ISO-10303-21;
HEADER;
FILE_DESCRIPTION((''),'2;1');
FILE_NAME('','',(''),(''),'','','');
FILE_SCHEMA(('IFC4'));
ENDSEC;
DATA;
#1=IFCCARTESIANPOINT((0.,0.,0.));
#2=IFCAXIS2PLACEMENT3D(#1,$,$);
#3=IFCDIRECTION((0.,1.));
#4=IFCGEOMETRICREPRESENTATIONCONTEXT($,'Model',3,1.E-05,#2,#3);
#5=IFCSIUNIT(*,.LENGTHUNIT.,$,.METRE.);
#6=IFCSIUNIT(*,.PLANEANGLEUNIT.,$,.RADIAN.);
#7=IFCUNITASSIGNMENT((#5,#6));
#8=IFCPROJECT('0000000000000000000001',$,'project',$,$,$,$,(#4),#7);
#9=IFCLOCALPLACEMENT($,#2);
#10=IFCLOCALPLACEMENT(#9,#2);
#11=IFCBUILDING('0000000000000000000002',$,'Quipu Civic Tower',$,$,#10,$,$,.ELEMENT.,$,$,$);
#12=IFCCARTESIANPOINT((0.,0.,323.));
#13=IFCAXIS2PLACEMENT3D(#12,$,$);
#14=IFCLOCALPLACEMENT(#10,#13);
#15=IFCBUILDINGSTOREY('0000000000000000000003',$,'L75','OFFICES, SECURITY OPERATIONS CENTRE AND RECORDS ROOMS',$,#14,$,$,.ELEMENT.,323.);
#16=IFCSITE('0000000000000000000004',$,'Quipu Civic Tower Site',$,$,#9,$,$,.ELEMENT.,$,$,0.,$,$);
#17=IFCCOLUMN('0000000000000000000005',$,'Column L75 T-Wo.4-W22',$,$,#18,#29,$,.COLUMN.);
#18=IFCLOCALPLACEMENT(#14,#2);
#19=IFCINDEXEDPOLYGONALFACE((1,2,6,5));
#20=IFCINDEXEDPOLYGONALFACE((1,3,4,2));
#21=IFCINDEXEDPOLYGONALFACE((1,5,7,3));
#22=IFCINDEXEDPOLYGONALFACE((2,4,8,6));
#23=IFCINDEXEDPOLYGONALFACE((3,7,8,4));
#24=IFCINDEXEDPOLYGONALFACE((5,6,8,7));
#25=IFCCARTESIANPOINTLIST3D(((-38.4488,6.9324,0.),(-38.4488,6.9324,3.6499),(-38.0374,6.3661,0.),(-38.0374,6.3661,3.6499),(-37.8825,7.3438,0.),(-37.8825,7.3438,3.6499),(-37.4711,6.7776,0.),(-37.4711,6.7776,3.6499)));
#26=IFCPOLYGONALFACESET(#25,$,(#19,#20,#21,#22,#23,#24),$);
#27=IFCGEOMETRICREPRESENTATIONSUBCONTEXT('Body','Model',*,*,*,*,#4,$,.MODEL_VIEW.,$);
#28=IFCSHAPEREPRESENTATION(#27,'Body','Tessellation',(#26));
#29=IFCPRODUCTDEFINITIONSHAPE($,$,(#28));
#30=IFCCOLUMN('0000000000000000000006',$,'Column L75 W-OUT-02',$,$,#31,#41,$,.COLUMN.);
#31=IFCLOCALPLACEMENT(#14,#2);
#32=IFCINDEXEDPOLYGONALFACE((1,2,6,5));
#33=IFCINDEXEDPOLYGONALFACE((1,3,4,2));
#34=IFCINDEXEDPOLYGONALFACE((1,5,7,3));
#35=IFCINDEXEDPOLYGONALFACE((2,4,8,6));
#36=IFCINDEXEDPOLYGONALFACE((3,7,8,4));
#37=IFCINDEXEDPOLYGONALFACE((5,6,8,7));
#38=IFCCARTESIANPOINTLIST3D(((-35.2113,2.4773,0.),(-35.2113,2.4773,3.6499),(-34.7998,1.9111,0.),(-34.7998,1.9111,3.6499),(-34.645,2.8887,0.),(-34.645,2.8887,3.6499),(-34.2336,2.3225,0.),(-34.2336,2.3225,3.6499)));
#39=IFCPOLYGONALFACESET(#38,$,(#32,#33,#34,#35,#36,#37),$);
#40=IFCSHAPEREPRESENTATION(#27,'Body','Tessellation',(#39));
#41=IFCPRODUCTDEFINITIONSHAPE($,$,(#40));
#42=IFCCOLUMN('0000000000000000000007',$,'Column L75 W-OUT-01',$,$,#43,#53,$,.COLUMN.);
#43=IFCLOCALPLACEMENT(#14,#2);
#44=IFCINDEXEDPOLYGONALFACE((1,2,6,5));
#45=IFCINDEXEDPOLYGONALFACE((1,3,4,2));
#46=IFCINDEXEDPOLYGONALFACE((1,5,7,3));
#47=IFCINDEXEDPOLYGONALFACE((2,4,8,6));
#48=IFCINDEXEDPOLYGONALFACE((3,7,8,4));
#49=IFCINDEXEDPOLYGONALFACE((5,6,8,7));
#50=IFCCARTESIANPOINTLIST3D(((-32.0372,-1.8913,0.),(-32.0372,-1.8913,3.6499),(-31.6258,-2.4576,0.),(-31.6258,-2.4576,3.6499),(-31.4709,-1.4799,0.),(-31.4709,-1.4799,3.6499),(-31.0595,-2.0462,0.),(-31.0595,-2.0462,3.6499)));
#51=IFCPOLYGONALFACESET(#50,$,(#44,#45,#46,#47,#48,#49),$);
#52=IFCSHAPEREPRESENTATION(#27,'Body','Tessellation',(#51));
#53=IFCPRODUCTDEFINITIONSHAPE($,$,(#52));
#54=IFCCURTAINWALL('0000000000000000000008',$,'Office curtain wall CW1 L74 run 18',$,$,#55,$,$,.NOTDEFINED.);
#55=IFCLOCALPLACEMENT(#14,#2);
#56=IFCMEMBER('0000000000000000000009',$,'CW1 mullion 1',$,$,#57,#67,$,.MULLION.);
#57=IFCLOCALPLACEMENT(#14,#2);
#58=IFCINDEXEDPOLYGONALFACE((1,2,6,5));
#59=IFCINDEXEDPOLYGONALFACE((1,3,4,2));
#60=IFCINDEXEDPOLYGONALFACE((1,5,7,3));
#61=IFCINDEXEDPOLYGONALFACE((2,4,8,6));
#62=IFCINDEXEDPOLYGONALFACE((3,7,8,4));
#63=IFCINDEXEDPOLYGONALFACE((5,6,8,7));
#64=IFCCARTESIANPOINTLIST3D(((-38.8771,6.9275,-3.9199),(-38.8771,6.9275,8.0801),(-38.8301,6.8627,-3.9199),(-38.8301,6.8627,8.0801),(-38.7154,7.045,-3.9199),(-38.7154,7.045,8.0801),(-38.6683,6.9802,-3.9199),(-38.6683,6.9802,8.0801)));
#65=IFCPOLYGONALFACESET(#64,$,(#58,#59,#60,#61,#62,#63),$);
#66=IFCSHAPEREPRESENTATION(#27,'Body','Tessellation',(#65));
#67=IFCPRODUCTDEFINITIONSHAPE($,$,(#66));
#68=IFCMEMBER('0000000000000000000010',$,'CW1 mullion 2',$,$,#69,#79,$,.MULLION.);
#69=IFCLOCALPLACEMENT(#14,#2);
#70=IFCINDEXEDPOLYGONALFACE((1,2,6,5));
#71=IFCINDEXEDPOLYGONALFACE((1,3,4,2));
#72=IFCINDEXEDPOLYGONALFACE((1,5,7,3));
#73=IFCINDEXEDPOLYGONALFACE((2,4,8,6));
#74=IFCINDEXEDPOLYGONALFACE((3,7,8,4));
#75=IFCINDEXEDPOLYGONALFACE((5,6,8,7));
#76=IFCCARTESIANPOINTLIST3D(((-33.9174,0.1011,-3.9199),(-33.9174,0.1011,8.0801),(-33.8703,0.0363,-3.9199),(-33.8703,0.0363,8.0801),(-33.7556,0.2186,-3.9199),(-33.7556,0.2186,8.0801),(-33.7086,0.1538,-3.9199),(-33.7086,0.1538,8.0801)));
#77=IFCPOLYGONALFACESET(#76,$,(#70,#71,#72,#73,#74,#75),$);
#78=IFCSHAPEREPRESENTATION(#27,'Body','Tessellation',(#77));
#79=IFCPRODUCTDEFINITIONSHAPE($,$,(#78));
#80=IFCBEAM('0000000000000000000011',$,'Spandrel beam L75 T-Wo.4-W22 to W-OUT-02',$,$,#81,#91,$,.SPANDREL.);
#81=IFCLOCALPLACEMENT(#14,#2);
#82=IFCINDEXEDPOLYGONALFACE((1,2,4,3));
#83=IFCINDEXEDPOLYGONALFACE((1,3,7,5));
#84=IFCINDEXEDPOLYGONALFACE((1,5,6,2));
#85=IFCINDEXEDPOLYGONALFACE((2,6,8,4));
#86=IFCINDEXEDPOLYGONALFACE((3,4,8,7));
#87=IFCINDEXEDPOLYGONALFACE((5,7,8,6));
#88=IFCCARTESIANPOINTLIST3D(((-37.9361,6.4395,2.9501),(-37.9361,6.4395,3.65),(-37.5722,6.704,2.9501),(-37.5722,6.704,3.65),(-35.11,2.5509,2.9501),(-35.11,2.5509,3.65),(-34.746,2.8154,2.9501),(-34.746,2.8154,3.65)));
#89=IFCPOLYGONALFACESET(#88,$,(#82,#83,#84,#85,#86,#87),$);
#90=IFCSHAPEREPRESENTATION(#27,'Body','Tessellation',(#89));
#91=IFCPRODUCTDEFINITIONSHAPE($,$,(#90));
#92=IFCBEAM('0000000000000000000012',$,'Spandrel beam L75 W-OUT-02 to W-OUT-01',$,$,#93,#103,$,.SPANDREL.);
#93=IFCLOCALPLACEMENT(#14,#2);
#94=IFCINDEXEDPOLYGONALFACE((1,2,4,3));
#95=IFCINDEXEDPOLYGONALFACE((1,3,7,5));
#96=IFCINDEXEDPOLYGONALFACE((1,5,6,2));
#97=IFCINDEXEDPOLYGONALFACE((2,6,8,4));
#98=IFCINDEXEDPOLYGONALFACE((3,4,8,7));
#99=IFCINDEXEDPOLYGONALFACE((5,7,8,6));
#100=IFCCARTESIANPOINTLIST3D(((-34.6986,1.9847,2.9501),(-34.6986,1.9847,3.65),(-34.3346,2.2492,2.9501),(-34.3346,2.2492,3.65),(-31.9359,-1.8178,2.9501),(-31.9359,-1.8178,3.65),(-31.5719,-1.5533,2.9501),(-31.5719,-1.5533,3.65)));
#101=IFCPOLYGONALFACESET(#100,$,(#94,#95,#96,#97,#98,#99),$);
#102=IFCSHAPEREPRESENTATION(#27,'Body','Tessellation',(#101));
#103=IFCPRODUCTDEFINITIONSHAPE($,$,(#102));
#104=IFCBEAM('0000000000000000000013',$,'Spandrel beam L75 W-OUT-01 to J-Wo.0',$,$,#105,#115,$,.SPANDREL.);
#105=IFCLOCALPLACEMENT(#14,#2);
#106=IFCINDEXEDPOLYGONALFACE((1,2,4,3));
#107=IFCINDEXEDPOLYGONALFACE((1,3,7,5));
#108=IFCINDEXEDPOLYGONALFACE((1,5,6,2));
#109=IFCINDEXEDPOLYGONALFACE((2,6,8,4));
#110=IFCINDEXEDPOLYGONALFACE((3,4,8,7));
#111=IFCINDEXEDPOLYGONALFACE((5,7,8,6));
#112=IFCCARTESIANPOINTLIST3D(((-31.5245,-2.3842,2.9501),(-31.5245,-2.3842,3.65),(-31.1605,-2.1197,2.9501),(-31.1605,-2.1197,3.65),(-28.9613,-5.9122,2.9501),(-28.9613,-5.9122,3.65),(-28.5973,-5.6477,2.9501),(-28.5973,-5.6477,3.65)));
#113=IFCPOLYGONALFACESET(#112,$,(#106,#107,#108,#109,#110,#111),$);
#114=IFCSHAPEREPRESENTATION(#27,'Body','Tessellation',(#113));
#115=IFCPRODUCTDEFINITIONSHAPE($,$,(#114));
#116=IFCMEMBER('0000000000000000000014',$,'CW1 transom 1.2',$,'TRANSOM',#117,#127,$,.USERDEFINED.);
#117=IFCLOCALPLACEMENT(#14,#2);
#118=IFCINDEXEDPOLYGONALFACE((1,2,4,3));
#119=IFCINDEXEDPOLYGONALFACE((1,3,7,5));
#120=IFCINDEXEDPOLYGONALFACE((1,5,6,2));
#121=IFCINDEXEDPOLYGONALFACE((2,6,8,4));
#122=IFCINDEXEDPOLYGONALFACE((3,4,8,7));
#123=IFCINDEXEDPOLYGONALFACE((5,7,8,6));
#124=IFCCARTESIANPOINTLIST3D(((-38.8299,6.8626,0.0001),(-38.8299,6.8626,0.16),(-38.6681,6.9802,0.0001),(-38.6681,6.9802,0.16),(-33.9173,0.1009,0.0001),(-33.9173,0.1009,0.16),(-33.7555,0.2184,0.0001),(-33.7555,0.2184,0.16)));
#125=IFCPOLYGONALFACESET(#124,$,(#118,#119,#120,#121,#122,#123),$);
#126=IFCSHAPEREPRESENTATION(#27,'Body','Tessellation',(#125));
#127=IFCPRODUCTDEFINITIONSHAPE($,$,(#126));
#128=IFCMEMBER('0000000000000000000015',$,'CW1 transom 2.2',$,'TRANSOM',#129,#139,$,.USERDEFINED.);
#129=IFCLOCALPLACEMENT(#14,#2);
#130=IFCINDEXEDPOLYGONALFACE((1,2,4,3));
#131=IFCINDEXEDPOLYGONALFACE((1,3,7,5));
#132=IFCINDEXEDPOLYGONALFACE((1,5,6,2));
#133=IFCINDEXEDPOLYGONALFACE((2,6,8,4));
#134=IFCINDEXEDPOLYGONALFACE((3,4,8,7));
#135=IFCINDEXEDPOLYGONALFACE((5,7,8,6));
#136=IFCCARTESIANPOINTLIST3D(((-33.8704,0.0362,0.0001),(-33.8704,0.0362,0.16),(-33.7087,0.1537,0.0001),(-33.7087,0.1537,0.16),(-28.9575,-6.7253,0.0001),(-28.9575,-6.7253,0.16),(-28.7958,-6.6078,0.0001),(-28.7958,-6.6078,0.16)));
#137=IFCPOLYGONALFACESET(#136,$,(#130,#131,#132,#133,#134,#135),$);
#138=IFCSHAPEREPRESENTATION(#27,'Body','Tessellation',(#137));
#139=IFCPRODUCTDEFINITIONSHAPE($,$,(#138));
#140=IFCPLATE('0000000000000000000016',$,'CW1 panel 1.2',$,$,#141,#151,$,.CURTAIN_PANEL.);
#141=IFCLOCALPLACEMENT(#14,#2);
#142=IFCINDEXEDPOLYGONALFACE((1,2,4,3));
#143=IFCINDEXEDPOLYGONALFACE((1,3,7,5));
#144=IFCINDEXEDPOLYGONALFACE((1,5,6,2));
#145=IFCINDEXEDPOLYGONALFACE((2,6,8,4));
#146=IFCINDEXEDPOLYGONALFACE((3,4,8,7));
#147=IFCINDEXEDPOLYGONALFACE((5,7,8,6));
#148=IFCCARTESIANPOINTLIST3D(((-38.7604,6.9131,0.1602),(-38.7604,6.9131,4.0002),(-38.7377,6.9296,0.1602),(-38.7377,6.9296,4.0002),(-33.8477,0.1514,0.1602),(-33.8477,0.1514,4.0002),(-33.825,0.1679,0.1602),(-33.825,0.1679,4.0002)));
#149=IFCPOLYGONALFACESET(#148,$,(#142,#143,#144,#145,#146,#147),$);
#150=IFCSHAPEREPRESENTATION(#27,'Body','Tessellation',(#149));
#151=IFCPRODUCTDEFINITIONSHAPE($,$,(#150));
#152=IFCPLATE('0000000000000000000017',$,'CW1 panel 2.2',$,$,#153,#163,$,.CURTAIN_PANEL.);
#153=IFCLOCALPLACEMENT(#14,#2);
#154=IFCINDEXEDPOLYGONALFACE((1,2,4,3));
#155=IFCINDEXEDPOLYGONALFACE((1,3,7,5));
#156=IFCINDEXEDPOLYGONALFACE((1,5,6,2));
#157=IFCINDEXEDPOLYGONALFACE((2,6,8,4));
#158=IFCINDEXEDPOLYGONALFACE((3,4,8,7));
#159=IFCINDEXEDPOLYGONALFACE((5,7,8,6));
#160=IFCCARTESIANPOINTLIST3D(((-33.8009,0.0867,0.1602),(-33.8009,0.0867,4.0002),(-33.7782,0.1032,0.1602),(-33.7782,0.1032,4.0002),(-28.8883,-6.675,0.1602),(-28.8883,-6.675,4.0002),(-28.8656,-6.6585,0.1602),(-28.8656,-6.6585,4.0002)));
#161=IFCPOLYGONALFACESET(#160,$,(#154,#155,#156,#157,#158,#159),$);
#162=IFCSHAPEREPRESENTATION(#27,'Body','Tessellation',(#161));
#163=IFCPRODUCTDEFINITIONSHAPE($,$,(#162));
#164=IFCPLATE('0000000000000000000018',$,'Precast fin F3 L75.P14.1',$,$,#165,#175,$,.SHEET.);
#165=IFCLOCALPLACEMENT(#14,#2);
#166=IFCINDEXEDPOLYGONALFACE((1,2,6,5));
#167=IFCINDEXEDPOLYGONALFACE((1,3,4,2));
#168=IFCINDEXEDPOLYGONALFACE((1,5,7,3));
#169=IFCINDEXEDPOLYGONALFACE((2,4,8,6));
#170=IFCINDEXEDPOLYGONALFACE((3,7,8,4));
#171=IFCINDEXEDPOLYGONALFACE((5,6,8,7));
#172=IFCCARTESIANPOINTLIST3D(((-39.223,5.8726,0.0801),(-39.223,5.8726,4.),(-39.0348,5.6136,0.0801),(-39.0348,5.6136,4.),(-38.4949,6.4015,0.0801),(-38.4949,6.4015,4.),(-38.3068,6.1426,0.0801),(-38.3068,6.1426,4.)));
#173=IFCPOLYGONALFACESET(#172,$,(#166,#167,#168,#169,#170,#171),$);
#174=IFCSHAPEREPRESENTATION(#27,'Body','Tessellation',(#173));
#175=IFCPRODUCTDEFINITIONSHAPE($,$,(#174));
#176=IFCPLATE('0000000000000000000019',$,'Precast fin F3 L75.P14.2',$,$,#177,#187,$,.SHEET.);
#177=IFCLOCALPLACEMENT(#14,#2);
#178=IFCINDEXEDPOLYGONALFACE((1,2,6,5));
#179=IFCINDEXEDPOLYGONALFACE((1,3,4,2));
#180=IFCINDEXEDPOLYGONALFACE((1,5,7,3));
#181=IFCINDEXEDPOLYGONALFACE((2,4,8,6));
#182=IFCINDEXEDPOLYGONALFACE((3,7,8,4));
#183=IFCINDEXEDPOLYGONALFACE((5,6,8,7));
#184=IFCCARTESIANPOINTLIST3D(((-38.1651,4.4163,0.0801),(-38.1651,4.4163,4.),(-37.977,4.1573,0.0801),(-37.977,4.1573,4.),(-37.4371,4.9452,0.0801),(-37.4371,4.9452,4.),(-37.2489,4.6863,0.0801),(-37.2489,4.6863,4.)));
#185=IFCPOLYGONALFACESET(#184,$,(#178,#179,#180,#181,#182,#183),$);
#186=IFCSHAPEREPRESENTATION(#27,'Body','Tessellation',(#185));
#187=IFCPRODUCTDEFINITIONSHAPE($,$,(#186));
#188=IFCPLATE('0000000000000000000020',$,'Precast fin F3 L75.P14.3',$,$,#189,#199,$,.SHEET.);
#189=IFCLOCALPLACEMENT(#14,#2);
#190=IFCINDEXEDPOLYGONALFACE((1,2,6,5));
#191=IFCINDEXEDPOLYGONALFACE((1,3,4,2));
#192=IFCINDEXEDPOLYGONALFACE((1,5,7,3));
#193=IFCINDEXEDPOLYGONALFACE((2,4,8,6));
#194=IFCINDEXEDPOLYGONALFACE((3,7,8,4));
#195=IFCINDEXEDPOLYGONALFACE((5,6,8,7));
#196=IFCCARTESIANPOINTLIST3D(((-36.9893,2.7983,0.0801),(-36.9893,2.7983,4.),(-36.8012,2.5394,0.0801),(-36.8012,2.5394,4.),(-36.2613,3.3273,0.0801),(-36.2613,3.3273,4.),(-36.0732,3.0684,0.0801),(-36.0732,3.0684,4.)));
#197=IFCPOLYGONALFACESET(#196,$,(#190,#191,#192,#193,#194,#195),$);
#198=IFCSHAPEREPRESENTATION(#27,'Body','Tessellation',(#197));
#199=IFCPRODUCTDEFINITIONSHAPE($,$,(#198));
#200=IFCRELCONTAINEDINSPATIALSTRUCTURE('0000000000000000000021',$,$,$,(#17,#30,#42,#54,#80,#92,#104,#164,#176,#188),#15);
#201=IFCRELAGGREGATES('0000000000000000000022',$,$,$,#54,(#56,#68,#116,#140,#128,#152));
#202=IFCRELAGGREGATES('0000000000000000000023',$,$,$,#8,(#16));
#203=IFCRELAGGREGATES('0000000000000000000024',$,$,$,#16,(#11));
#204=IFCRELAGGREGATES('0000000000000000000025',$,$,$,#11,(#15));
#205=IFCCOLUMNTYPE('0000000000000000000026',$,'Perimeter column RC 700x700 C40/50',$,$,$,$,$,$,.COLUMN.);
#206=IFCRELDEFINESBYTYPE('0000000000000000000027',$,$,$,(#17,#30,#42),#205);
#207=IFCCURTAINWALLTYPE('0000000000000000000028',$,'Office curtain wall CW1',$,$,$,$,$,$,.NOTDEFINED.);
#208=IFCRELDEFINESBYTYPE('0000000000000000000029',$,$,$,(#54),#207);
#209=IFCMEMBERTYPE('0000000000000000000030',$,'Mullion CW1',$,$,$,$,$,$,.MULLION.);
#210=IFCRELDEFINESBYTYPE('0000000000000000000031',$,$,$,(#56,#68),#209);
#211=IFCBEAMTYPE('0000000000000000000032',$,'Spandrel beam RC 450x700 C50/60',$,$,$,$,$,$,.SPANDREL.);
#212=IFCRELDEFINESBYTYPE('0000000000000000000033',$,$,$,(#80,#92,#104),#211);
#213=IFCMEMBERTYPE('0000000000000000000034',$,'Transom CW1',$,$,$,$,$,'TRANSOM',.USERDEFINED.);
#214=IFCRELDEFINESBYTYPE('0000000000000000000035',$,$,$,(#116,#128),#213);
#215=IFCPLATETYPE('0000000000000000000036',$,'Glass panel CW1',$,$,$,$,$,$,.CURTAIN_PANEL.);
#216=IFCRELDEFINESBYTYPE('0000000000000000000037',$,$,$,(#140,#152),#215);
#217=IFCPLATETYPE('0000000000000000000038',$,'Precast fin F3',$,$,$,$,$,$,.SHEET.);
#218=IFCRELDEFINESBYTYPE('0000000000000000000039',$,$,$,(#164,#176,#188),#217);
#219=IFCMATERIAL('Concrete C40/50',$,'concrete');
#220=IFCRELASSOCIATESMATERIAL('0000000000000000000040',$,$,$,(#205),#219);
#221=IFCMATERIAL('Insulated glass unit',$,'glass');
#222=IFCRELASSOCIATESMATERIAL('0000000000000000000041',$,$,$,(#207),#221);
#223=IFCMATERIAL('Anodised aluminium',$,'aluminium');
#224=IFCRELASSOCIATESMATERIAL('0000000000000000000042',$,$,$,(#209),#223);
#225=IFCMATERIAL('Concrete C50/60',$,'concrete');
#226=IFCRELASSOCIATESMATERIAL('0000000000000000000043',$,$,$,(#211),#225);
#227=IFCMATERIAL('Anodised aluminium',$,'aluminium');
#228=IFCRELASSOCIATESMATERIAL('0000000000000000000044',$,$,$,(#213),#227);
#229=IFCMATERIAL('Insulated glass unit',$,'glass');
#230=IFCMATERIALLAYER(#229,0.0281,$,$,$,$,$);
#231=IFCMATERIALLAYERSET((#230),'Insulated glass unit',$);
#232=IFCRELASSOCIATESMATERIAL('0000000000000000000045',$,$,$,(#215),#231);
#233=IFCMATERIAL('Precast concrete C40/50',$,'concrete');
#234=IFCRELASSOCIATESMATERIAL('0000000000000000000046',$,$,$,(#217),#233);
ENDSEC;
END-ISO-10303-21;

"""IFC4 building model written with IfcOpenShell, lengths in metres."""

from ifc_helpers import new_model, si_unit, direction, frame, origin, origin_2d, place, context, subcontext, project, spatial, rectangle, extrude, material, layer, layer_set, material_profile, profile_set, type_object, element, aggregate, save


model = new_model("IFC4")

# Units and contexts
model_context = context("Model", 3, precision=1e-05, world=origin(), true_north=direction((0.0, 1.0)))
body_context = subcontext(model_context, "Body", "Model", "MODEL_VIEW")
ifc_project = project(units=[si_unit("LENGTHUNIT", "METRE"), si_unit("PLANEANGLEUNIT", "RADIAN")], contexts=[model_context])

# Site, building, storey
site_placement = place(None, origin())
site = spatial("IfcSite", under=ifc_project, at=site_placement, Name="Quipu Civic Tower Site", CompositionType="ELEMENT", RefElevation=0.0)
building_placement = place(site_placement, origin())
building = spatial("IfcBuilding", under=site, at=building_placement, Name="Quipu Civic Tower", CompositionType="ELEMENT")
storey_placement = place(building_placement, frame((0.0, 0.0, 323.0)))
storey = spatial("IfcBuildingStorey", under=building, at=storey_placement, Name="L75", Description="OFFICES, SECURITY OPERATIONS CENTRE AND RECORDS ROOMS", CompositionType="ELEMENT", Elevation=323.0)

# Columns
ifc_material_1 = material(Name="Concrete C40/50", Category="concrete")
ifc_material_profile_1 = material_profile(ifc_material_1, rectangle(XDim=0.7, YDim=0.7, at=origin_2d()), Name="RC700x700")
ifc_profile_set_1 = profile_set([ifc_material_profile_1], Name="Concrete C40/50")
column_type = type_object("IfcColumnType", Name="Perimeter column RC 700x700 C40/50", PredefinedType="COLUMN", material=ifc_profile_set_1)
for number, where, z_axis, x_axis, name in (
    (1, (-37.96, 6.855, 0.0), (0.0, 0.0, 1.0), (0.587785, -0.809017, 0.0), "Column L75 T-Wo.4-W22"),
    (2, (-34.7224, 2.3999, 0.0), (0.0, 0.0, 1.0), (0.587785, -0.809017, 0.0), "Column L75 W-OUT-02"),
    (3, (-31.5483, -1.9688, 0.0), (0.0, 0.0, 1.0), (0.587785, -0.809017, 0.0), "Column L75 W-OUT-01"),
):
    element("IfcColumn", number, at=place(storey_placement, frame(where, z_axis=z_axis, x_axis=x_axis)), inside=storey, type_object=column_type, Name=name, PredefinedType="COLUMN", context=body_context, shape_type="SweptSolid", body=[
        extrude(rectangle(XDim=0.7, YDim=0.7, at=origin_2d()), origin(), (0.0, 0.0, 1.0), 3.6499),
    ])

# Curtain wall, members
ifc_material_2 = material(Name="Insulated glass unit", Category="glass")
curtain_wall_type = type_object("IfcCurtainWallType", Name="Office curtain wall CW1", PredefinedType="NOTDEFINED", material=ifc_material_2)
curtain_wall_placement = place(storey_placement, origin())
curtain_wall = element("IfcCurtainWall", 4, at=curtain_wall_placement, inside=storey, type_object=curtain_wall_type, Name="Office curtain wall CW1 L74 run 18", PredefinedType="NOTDEFINED")
ifc_material_3 = material(Name="Anodised aluminium", Category="aluminium")
ifc_material_profile_2 = material_profile(ifc_material_3, rectangle(XDim=0.2, YDim=0.0801, at=origin_2d()), Name="RECT 200x80")
ifc_profile_set_2 = profile_set([ifc_material_profile_2], Name="Anodised aluminium")
member_type_1 = type_object("IfcMemberType", Name="Mullion CW1", PredefinedType="MULLION", material=ifc_profile_set_2)
member_1_placement = place(storey_placement, frame((-38.7727, 6.9539, -3.9199), z_axis=(0.0, 0.0, 1.0), x_axis=(0.809016, 0.587786, 0.0)))
member_1 = element("IfcMember", 5, at=member_1_placement, type_object=member_type_1, Name="CW1 mullion 1", PredefinedType="MULLION", context=body_context, shape_type="SweptSolid", body=[
    extrude(rectangle(XDim=0.2, YDim=0.0801, at=origin_2d()), origin(), (0.0, 0.0, 1.0), 12.0),
])
member_2_placement = place(storey_placement, frame((-33.813, 0.1274, -3.9199), z_axis=(0.0, 0.0, 1.0), x_axis=(0.809016, 0.587786, 0.0)))
member_2 = element("IfcMember", 6, at=member_2_placement, type_object=member_type_1, Name="CW1 mullion 2", PredefinedType="MULLION", context=body_context, shape_type="SweptSolid", body=[
    extrude(rectangle(XDim=0.2, YDim=0.0801, at=origin_2d()), origin(), (0.0, 0.0, 1.0), 12.0),
])

# Beams
ifc_material_4 = material(Name="Concrete C50/60", Category="concrete")
ifc_material_profile_3 = material_profile(ifc_material_4, rectangle(XDim=0.45, YDim=0.7, at=origin_2d()), Name="RC450x700")
ifc_profile_set_3 = profile_set([ifc_material_profile_3], Name="Concrete C50/60")
beam_type = type_object("IfcBeamType", Name="Spandrel beam RC 450x700 C50/60", PredefinedType="SPANDREL", material=ifc_profile_set_3)
beam_1_placement = place(storey_placement, frame((-37.7542, 6.5718, 3.3), z_axis=(0.587906, -0.808929, 0.0), x_axis=(0.808929, 0.587906, 0.0)))
element("IfcBeam", 7, at=beam_1_placement, inside=storey, type_object=beam_type, Name="Spandrel beam L75 T-Wo.4-W22 to W-OUT-02", PredefinedType="SPANDREL", context=body_context, shape_type="SweptSolid", body=[
    extrude(rectangle(XDim=0.45, YDim=0.7, at=origin_2d()), origin(), (0.0, 0.0, 1.0), 4.8071),
])
beam_2_placement = place(storey_placement, frame((-34.5166, 2.1169, 3.3), z_axis=(0.587789, -0.809015, 0.0), x_axis=(0.809015, 0.587789, 0.0)))
element("IfcBeam", 8, at=beam_2_placement, inside=storey, type_object=beam_type, Name="Spandrel beam L75 W-OUT-02 to W-OUT-01", PredefinedType="SPANDREL", context=body_context, shape_type="SweptSolid", body=[
    extrude(rectangle(XDim=0.45, YDim=0.7, at=origin_2d()), origin(), (0.0, 0.0, 1.0), 4.7002),
])
beam_3_placement = place(storey_placement, frame((-31.3425, -2.252, 3.3), z_axis=(0.587776, -0.809024, 0.0), x_axis=(0.809024, 0.587776, 0.0)))
element("IfcBeam", 9, at=beam_3_placement, inside=storey, type_object=beam_type, Name="Spandrel beam L75 W-OUT-01 to J-Wo.0", PredefinedType="SPANDREL", context=body_context, shape_type="SweptSolid", body=[
    extrude(rectangle(XDim=0.45, YDim=0.7, at=origin_2d()), origin(), (0.0, 0.0, 1.0), 4.3608),
])

# Members
ifc_material_5 = material(Name="Anodised aluminium", Category="aluminium")
ifc_material_profile_4 = material_profile(ifc_material_5, rectangle(XDim=0.2, YDim=0.1599, at=origin_2d()), Name="RECT 200x160")
ifc_profile_set_4 = profile_set([ifc_material_profile_4], Name="Anodised aluminium")
member_type_2 = type_object("IfcMemberType", Name="Transom CW1", ElementType="TRANSOM", PredefinedType="USERDEFINED", material=ifc_profile_set_4)
member_3_placement = place(storey_placement, frame((-38.749, 6.9214, 0.0801), z_axis=(0.587779, -0.809021, 0.0), x_axis=(0.809021, 0.587779, 0.0)))
member_3 = element("IfcMember", 10, at=member_3_placement, type_object=member_type_2, Name="CW1 transom 1.2", ObjectType="TRANSOM", PredefinedType="USERDEFINED", context=body_context, shape_type="SweptSolid", body=[
    extrude(rectangle(XDim=0.2, YDim=0.1599, at=origin_2d()), origin(), (0.0, 0.0, 1.0), 8.3579),
])
member_4_placement = place(storey_placement, frame((-33.7896, 0.095, 0.0801), z_axis=(0.587812, -0.808997, 0.0), x_axis=(0.808997, 0.587812, 0.0)))
member_4 = element("IfcMember", 11, at=member_4_placement, type_object=member_type_2, Name="CW1 transom 2.2", ObjectType="TRANSOM", PredefinedType="USERDEFINED", context=body_context, shape_type="SweptSolid", body=[
    extrude(rectangle(XDim=0.2, YDim=0.1599, at=origin_2d()), origin(), (0.0, 0.0, 1.0), 8.3579),
])

# Plates
ifc_material_6 = material(Name="Insulated glass unit", Category="glass")
ifc_layer_1 = layer(ifc_material_6, 0.0281)
ifc_layer_set_1 = layer_set([ifc_layer_1], Name="Insulated glass unit")
plate_type_1 = type_object("IfcPlateType", Name="Glass panel CW1", PredefinedType="CURTAIN_PANEL", material=ifc_layer_set_1)
plate_1_placement = place(storey_placement, frame((-36.2927, 3.5405, 0.1602), z_axis=(0.0, 0.0, 1.0), x_axis=(0.587786, -0.809016, 0.0)))
plate_1 = element("IfcPlate", 12, at=plate_1_placement, type_object=plate_type_1, Name="CW1 panel 1.2", PredefinedType="CURTAIN_PANEL", context=body_context, shape_type="SweptSolid", body=[
    extrude(rectangle(XDim=8.3579, YDim=0.0281, at=origin_2d()), origin(), (0.0, 0.0, 1.0), 3.8401),
])
plate_2_placement = place(storey_placement, frame((-31.3333, -3.2859, 0.1602), z_axis=(0.0, 0.0, 1.0), x_axis=(0.587786, -0.809016, 0.0)))
plate_2 = element("IfcPlate", 13, at=plate_2_placement, type_object=plate_type_1, Name="CW1 panel 2.2", PredefinedType="CURTAIN_PANEL", context=body_context, shape_type="SweptSolid", body=[
    extrude(rectangle(XDim=8.3579, YDim=0.0281, at=origin_2d()), origin(), (0.0, 0.0, 1.0), 3.8401),
])
aggregate(curtain_wall, [member_1, member_2, member_3, plate_1, member_4, plate_2])

# Plates
ifc_material_7 = material(Name="Precast concrete C40/50", Category="concrete")
plate_type_2 = type_object("IfcPlateType", Name="Precast fin F3", PredefinedType="SHEET", material=ifc_material_7)
for number, where, z_axis, x_axis, name in (
    (14, (-38.7649, 6.0076, 0.0801), (0.0, 0.0, 1.0), (0.587787, -0.809016, 0.0), "Precast fin F3 L75.P14.1"),
    (15, (-37.707, 4.5513, 0.0801), (0.0, 0.0, 1.0), (0.587787, -0.809016, 0.0), "Precast fin F3 L75.P14.2"),
    (16, (-36.5312, 2.9333, 0.0801), (0.0, 0.0, 1.0), (0.587787, -0.809016, 0.0), "Precast fin F3 L75.P14.3"),
):
    element("IfcPlate", number, at=place(storey_placement, frame(where, z_axis=z_axis, x_axis=x_axis)), inside=storey, type_object=plate_type_2, Name=name, PredefinedType="SHEET", context=body_context, shape_type="SweptSolid", body=[
        extrude(rectangle(XDim=0.3201, YDim=0.8999, at=origin_2d()), origin(), (0.0, 0.0, 1.0), 3.9199),
    ])

save(model, "model.ifc")
